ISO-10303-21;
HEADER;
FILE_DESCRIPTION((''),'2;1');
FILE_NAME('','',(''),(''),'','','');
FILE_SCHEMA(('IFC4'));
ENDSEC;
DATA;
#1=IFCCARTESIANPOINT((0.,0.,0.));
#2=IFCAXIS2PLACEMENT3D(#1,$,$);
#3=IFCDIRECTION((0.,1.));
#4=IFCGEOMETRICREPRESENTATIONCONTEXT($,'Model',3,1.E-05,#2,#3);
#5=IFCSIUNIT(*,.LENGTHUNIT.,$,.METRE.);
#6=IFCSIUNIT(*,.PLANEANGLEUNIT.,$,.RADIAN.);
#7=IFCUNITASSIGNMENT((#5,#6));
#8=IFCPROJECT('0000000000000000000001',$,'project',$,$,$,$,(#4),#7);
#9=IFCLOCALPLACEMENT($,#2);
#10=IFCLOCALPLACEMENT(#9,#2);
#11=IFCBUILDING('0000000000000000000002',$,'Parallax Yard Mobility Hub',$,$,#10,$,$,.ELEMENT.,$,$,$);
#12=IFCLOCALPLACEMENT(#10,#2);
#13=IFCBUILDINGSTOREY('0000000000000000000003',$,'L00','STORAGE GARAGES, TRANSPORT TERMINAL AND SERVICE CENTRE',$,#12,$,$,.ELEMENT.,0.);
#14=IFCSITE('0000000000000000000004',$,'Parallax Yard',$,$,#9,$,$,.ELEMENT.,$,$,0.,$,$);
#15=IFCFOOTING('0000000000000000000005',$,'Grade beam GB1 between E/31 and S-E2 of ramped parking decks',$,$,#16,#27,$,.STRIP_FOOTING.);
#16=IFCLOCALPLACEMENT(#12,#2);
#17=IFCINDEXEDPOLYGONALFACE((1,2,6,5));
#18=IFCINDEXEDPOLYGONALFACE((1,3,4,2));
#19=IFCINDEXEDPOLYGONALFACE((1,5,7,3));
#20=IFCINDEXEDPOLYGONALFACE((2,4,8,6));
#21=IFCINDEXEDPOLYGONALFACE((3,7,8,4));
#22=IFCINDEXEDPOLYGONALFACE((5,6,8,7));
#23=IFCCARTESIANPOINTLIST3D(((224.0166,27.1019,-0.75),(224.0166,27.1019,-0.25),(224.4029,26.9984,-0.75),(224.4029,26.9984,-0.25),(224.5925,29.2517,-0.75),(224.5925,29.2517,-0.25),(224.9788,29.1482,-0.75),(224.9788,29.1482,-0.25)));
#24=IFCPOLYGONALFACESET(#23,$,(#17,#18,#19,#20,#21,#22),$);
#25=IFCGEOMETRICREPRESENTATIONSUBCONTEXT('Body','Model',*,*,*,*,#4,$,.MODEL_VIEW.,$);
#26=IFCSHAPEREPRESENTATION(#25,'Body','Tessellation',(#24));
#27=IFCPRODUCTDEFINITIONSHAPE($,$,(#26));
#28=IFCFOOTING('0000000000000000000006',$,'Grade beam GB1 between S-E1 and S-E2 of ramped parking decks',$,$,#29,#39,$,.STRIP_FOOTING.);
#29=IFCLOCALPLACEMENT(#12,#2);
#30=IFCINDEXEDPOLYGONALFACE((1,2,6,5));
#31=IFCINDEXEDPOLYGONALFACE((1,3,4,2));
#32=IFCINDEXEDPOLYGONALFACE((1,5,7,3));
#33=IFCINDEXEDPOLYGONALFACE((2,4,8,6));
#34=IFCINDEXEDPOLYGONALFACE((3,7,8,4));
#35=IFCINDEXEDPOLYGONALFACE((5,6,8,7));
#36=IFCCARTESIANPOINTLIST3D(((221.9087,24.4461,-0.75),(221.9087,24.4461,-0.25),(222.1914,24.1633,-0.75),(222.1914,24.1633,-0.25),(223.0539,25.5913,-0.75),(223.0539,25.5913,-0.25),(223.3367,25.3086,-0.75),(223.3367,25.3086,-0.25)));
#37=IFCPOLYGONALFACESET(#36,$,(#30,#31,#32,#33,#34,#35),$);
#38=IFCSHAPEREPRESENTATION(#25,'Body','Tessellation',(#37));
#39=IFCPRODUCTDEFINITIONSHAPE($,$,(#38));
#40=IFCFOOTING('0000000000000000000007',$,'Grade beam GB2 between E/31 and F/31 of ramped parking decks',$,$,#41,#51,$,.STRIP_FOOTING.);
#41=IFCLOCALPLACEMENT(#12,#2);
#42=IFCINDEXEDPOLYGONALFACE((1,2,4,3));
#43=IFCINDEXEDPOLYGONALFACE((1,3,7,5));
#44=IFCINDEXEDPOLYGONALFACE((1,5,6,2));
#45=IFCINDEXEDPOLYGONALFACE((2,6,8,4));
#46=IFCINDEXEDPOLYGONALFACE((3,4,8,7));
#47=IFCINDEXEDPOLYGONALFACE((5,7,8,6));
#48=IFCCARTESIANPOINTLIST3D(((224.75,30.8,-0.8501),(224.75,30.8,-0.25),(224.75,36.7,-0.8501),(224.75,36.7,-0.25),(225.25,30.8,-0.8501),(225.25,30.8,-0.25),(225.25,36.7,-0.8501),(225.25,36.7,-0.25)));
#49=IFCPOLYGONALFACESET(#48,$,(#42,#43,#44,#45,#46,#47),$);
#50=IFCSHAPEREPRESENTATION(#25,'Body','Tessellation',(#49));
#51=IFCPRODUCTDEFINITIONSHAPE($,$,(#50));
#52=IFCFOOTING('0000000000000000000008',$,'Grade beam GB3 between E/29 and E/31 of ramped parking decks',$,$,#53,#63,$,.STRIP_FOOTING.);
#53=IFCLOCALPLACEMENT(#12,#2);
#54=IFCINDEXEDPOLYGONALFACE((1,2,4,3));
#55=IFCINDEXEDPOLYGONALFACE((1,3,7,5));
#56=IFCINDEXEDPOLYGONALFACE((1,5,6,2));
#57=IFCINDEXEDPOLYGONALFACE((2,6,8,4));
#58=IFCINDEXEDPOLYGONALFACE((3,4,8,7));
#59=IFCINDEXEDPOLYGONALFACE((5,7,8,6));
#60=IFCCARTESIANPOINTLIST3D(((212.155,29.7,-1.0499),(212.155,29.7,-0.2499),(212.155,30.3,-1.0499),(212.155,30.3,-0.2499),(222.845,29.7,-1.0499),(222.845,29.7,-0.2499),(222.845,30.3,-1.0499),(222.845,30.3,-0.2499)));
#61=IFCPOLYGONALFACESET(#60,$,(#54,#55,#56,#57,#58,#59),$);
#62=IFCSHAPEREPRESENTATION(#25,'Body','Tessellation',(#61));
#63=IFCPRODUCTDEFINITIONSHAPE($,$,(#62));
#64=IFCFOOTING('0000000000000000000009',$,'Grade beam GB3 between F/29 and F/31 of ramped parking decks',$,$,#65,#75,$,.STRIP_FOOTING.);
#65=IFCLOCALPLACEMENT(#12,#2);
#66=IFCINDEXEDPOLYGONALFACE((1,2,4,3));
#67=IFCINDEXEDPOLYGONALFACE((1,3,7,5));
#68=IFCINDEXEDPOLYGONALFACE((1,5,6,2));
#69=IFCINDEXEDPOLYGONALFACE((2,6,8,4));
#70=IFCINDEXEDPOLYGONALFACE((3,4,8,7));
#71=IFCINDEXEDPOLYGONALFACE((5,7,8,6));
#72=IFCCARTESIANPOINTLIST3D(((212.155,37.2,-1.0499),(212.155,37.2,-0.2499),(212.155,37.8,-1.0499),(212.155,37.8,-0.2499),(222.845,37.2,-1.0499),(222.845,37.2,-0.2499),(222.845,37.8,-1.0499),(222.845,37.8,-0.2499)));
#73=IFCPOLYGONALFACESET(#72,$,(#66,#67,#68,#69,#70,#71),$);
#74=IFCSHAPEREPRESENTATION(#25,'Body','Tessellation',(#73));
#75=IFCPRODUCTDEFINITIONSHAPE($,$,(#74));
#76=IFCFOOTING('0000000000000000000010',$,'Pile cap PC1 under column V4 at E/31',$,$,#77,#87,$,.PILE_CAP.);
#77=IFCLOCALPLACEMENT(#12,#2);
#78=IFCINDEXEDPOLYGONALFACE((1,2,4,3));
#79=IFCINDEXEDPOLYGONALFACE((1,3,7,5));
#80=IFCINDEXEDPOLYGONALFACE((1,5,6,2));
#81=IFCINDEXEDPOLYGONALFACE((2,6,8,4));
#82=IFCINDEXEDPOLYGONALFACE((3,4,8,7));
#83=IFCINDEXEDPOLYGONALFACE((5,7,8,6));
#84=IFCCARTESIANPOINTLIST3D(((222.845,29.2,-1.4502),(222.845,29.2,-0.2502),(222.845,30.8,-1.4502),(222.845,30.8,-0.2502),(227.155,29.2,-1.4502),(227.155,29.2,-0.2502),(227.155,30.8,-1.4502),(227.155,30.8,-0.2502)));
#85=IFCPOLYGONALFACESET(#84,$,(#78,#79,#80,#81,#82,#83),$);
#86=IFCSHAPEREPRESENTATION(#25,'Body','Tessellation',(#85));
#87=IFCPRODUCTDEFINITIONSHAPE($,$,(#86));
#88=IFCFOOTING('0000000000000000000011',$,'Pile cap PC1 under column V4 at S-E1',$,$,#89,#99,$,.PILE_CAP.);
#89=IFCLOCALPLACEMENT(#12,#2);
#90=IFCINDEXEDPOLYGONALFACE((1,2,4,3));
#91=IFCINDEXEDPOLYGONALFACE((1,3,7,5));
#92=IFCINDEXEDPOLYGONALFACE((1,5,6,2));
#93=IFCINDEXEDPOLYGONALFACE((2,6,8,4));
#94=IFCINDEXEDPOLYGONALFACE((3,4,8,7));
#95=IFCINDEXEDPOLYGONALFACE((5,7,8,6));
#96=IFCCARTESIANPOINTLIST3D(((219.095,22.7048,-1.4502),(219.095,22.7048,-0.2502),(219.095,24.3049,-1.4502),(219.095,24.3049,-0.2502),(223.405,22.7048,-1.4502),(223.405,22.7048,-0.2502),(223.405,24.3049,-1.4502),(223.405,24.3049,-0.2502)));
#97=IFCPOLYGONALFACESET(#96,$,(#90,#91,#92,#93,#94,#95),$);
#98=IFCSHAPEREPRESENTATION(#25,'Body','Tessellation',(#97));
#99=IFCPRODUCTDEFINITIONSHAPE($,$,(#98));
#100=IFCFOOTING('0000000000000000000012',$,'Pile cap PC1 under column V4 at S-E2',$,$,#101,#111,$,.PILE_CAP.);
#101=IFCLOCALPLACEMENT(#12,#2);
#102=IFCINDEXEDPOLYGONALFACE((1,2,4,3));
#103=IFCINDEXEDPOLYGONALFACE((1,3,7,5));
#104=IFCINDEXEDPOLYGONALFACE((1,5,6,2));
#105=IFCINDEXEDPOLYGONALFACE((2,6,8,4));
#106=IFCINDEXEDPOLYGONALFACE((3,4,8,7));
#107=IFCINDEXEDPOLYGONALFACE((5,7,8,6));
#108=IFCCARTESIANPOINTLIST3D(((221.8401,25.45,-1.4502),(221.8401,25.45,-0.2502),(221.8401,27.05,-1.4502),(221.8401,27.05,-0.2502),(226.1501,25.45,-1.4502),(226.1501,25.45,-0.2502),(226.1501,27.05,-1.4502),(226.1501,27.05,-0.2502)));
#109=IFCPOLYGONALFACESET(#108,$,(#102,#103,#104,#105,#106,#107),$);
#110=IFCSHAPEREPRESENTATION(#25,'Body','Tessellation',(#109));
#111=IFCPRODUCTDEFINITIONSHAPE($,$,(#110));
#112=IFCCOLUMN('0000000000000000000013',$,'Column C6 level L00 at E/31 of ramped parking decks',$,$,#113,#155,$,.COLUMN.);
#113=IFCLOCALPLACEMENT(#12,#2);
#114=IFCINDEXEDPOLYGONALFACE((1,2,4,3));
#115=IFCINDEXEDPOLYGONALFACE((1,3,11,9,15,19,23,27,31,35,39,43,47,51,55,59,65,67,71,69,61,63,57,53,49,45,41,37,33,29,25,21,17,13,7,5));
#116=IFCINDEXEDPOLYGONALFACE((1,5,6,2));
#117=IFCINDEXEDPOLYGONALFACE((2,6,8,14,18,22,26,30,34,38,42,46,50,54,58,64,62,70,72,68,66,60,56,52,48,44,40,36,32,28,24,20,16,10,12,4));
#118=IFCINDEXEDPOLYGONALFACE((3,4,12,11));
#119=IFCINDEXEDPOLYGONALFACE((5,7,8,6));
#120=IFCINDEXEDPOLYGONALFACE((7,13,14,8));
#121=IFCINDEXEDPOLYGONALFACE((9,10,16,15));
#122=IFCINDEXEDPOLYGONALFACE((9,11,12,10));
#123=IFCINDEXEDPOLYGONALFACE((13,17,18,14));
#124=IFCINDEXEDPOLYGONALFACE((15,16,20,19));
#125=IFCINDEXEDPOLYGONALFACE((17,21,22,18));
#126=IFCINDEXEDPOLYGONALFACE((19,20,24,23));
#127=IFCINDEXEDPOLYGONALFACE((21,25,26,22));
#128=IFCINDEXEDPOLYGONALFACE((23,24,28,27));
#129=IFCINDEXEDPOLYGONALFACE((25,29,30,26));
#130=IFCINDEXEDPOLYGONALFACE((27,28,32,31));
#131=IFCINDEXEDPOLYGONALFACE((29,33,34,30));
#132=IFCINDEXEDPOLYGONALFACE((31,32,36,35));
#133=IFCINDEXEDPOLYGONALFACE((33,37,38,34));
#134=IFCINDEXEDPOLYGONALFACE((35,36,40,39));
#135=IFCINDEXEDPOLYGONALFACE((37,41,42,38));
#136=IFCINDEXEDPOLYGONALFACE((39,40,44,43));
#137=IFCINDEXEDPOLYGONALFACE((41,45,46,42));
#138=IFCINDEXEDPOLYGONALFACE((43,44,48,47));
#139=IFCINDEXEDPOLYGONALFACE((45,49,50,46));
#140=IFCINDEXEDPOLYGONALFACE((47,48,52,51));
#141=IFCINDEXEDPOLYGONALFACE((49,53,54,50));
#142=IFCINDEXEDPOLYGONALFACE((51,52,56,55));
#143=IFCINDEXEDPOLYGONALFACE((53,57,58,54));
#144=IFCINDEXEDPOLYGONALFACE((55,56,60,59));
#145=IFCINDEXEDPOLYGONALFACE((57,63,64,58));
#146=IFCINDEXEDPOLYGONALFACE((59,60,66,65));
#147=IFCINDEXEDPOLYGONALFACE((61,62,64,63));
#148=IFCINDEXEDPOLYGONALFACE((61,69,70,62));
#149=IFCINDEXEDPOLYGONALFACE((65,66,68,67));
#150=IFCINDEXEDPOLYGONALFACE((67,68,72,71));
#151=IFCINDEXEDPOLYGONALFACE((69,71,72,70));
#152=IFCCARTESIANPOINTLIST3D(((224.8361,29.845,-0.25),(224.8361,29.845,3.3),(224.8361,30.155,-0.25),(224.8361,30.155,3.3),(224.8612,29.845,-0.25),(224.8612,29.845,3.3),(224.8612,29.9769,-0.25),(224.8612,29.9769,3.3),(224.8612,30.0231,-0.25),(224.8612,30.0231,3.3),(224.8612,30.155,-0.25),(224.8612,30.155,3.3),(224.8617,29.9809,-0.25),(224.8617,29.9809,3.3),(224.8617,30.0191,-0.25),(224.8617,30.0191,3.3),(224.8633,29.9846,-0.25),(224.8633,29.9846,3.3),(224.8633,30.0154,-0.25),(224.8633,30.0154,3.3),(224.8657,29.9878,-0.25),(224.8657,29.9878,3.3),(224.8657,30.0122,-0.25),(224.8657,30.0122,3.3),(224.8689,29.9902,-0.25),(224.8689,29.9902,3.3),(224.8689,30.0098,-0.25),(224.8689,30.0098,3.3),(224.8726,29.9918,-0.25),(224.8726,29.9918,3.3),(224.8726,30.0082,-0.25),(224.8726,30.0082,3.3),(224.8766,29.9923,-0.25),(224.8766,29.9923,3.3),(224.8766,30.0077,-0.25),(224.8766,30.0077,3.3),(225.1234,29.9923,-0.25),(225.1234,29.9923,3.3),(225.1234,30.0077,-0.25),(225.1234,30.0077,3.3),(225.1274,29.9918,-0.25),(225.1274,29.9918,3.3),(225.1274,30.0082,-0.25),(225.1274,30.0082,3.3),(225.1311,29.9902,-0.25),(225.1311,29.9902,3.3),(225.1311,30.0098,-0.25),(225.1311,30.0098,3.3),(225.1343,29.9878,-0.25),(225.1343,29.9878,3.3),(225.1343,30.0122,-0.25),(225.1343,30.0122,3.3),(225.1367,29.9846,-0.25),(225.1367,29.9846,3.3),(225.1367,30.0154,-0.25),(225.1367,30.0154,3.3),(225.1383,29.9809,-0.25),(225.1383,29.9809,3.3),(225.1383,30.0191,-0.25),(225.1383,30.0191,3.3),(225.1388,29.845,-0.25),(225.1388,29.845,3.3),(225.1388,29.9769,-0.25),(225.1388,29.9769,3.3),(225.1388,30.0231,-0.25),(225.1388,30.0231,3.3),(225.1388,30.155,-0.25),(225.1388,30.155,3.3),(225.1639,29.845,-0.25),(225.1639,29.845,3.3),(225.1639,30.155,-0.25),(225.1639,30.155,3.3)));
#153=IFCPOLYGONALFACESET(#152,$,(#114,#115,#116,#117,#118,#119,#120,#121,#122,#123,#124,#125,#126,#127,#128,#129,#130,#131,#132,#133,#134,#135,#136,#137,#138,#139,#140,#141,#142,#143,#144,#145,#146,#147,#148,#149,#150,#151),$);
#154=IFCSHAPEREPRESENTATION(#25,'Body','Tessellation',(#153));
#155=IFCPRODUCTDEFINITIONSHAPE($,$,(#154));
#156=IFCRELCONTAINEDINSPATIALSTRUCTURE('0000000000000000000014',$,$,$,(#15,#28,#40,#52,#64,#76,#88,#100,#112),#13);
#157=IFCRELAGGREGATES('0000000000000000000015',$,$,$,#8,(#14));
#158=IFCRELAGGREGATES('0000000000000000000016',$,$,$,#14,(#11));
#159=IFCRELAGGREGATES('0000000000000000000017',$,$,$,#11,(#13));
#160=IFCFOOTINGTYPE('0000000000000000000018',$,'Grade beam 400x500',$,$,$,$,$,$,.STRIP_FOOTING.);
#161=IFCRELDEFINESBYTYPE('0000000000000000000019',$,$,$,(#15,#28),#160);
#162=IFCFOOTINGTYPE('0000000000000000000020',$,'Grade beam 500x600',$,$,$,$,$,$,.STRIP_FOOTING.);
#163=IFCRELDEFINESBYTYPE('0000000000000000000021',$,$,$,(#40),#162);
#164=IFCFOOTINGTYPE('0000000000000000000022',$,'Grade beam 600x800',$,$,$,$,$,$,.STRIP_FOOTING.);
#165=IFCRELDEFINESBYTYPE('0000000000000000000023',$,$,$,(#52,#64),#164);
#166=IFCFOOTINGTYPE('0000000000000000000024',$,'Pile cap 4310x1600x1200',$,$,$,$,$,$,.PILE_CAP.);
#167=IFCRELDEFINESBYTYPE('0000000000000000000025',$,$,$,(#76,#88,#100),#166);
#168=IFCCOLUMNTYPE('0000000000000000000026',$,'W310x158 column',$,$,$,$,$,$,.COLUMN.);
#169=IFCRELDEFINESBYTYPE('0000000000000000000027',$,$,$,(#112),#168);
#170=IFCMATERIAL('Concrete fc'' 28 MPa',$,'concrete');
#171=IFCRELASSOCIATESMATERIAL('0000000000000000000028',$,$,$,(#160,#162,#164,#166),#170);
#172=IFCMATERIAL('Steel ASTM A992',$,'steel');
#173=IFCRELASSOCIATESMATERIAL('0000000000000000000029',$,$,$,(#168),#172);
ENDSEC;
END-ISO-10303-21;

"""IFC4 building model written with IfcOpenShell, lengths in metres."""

from ifc_helpers import new_model, si_unit, direction, frame, origin, origin_2d, place, context, subcontext, project, spatial, rectangle, i_section, extrude, material, material_profile, profile_set, type_object, element, save


model = new_model("IFC4")

# Units and contexts
model_context = context("Model", 3, precision=1e-05, world=origin(), true_north=direction((0.0, 1.0)))
body_context = subcontext(model_context, "Body", "Model", "MODEL_VIEW")
ifc_project = project(units=[si_unit("LENGTHUNIT", "METRE"), si_unit("PLANEANGLEUNIT", "RADIAN")], contexts=[model_context])

# Site, building, storey
site_placement = place(None, origin())
site = spatial("IfcSite", under=ifc_project, at=site_placement, Name="Parallax Yard", CompositionType="ELEMENT", RefElevation=0.0)
building_placement = place(site_placement, origin())
building = spatial("IfcBuilding", under=site, at=building_placement, Name="Parallax Yard Mobility Hub", CompositionType="ELEMENT")
storey_placement = place(building_placement, origin())
storey = spatial("IfcBuildingStorey", under=building, at=storey_placement, Name="L00", Description="STORAGE GARAGES, TRANSPORT TERMINAL AND SERVICE CENTRE", CompositionType="ELEMENT", Elevation=0.0)

# Shared definitions
ifc_material_1 = material(Name="Concrete fc' 28 MPa", Category="concrete")

# Footings
ifc_material_profile_1 = material_profile(ifc_material_1, rectangle(XDim=0.3999, YDim=0.5, at=origin_2d()), Name="Grade beam 400x500")
ifc_profile_set_1 = profile_set([ifc_material_profile_1], Name="Concrete fc' 28 MPa")
footing_type_1 = type_object("IfcFootingType", Name="Grade beam 400x500", PredefinedType="STRIP_FOOTING", material=ifc_profile_set_1)
footing_1_placement = place(storey_placement, frame((224.7856, 29.2, -0.5), z_axis=(-0.258762, -0.965941, 0.0), x_axis=(0.965941, -0.258762, 0.0)))
element("IfcFooting", 1, at=footing_1_placement, inside=storey, type_object=footing_type_1, Name="Grade beam GB1 between E/31 and S-E2 of ramped parking decks", PredefinedType="STRIP_FOOTING", context=body_context, shape_type="SweptSolid", body=[
    extrude(rectangle(XDim=0.3999, YDim=0.5, at=origin_2d()), origin(), (0.0, 0.0, 1.0), 2.2256),
])
footing_2_placement = place(storey_placement, frame((222.05, 24.3047, -0.5), z_axis=(0.707107, 0.707107, 0.0), x_axis=(-0.707107, 0.707107, 0.0)))
element("IfcFooting", 2, at=footing_2_placement, inside=storey, type_object=footing_type_1, Name="Grade beam GB1 between S-E1 and S-E2 of ramped parking decks", PredefinedType="STRIP_FOOTING", context=body_context, shape_type="SweptSolid", body=[
    extrude(rectangle(XDim=0.3999, YDim=0.5, at=origin_2d()), origin(), (0.0, 0.0, 1.0), 1.6196),
])
ifc_material_profile_2 = material_profile(ifc_material_1, rectangle(XDim=0.5, YDim=0.6001, at=origin_2d()), Name="Grade beam 500x600")
ifc_profile_set_2 = profile_set([ifc_material_profile_2], Name="Concrete fc' 28 MPa")
footing_type_2 = type_object("IfcFootingType", Name="Grade beam 500x600", PredefinedType="STRIP_FOOTING", material=ifc_profile_set_2)
footing_3_placement = place(storey_placement, frame((225.0, 30.8, -0.55), z_axis=(0.0, 1.0, 0.0), x_axis=(-1.0, 0.0, 0.0)))
element("IfcFooting", 3, at=footing_3_placement, inside=storey, type_object=footing_type_2, Name="Grade beam GB2 between E/31 and F/31 of ramped parking decks", PredefinedType="STRIP_FOOTING", context=body_context, shape_type="SweptSolid", body=[
    extrude(rectangle(XDim=0.5, YDim=0.6001, at=origin_2d()), origin(), (0.0, 0.0, 1.0), 5.8999),
])
ifc_material_profile_3 = material_profile(ifc_material_1, rectangle(XDim=0.6001, YDim=0.8, at=origin_2d()), Name="Grade beam 600x800")
ifc_profile_set_3 = profile_set([ifc_material_profile_3], Name="Concrete fc' 28 MPa")
footing_type_3 = type_object("IfcFootingType", Name="Grade beam 600x800", PredefinedType="STRIP_FOOTING", material=ifc_profile_set_3)
for number, where, z_axis, x_axis, name in (
    (4, (212.155, 30.0, -0.6499), (1.0, 0.0, 0.0), (0.0, 1.0, 0.0), "Grade beam GB3 between E/29 and E/31 of ramped parking decks"),
    (5, (212.155, 37.5, -0.6499), (1.0, 0.0, 0.0), (0.0, 1.0, 0.0), "Grade beam GB3 between F/29 and F/31 of ramped parking decks"),
):
    element("IfcFooting", number, at=place(storey_placement, frame(where, z_axis=z_axis, x_axis=x_axis)), inside=storey, type_object=footing_type_3, Name=name, PredefinedType="STRIP_FOOTING", context=body_context, shape_type="SweptSolid", body=[
        extrude(rectangle(XDim=0.6001, YDim=0.8, at=origin_2d()), origin(), (0.0, 0.0, 1.0), 10.6899),
    ])
footing_type_4 = type_object("IfcFootingType", Name="Pile cap 4310x1600x1200", PredefinedType="PILE_CAP", material=ifc_material_1)
for number, where, z_axis, x_axis, name in (
    (6, (225.0, 30.0, -1.4502), (0.0, 0.0, 1.0), (1.0, 0.0, 0.0), "Pile cap PC1 under column V4 at E/31"),
    (7, (221.25, 23.5049, -1.4502), (0.0, 0.0, 1.0), (1.0, 0.0, 0.0), "Pile cap PC1 under column V4 at S-E1"),
    (8, (223.9951, 26.25, -1.4502), (0.0, 0.0, 1.0), (1.0, 0.0, 0.0), "Pile cap PC1 under column V4 at S-E2"),
):
    element("IfcFooting", number, at=place(storey_placement, frame(where, z_axis=z_axis, x_axis=x_axis)), inside=storey, type_object=footing_type_4, Name=name, PredefinedType="PILE_CAP", context=body_context, shape_type="SweptSolid", body=[
        extrude(rectangle(XDim=4.3101, YDim=1.6001, at=origin_2d()), origin(), (0.0, 0.0, 1.0), 1.2),
    ])

# Column
ifc_material_2 = material(Name="Steel ASTM A992", Category="steel")
ifc_material_profile_4 = material_profile(ifc_material_2, i_section(OverallWidth=0.3101, OverallDepth=0.3279, WebThickness=0.0154, FlangeThickness=0.0251, FilletRadius=0.0154, at=origin_2d()), Name="W310x158")
ifc_profile_set_4 = profile_set([ifc_material_profile_4], Name="Steel ASTM A992")
column_type_1 = type_object("IfcColumnType", Name="W310x158 column", PredefinedType="COLUMN", material=ifc_profile_set_4)
column_1_placement = place(storey_placement, frame((225.0, 30.0, -0.25), z_axis=(0.0, 0.0, 1.0), x_axis=(0.0, 1.0, 0.0)))
element("IfcColumn", 9, at=column_1_placement, inside=storey, type_object=column_type_1, Name="Column C6 level L00 at E/31 of ramped parking decks", PredefinedType="COLUMN", context=body_context, shape_type="SweptSolid", body=[
    extrude(i_section(OverallWidth=0.3101, OverallDepth=0.3279, WebThickness=0.0154, FlangeThickness=0.0251, FilletRadius=0.0154, at=origin_2d()), origin(), (0.0, 0.0, 1.0), 3.55),
])

save(model, "model.ifc")
